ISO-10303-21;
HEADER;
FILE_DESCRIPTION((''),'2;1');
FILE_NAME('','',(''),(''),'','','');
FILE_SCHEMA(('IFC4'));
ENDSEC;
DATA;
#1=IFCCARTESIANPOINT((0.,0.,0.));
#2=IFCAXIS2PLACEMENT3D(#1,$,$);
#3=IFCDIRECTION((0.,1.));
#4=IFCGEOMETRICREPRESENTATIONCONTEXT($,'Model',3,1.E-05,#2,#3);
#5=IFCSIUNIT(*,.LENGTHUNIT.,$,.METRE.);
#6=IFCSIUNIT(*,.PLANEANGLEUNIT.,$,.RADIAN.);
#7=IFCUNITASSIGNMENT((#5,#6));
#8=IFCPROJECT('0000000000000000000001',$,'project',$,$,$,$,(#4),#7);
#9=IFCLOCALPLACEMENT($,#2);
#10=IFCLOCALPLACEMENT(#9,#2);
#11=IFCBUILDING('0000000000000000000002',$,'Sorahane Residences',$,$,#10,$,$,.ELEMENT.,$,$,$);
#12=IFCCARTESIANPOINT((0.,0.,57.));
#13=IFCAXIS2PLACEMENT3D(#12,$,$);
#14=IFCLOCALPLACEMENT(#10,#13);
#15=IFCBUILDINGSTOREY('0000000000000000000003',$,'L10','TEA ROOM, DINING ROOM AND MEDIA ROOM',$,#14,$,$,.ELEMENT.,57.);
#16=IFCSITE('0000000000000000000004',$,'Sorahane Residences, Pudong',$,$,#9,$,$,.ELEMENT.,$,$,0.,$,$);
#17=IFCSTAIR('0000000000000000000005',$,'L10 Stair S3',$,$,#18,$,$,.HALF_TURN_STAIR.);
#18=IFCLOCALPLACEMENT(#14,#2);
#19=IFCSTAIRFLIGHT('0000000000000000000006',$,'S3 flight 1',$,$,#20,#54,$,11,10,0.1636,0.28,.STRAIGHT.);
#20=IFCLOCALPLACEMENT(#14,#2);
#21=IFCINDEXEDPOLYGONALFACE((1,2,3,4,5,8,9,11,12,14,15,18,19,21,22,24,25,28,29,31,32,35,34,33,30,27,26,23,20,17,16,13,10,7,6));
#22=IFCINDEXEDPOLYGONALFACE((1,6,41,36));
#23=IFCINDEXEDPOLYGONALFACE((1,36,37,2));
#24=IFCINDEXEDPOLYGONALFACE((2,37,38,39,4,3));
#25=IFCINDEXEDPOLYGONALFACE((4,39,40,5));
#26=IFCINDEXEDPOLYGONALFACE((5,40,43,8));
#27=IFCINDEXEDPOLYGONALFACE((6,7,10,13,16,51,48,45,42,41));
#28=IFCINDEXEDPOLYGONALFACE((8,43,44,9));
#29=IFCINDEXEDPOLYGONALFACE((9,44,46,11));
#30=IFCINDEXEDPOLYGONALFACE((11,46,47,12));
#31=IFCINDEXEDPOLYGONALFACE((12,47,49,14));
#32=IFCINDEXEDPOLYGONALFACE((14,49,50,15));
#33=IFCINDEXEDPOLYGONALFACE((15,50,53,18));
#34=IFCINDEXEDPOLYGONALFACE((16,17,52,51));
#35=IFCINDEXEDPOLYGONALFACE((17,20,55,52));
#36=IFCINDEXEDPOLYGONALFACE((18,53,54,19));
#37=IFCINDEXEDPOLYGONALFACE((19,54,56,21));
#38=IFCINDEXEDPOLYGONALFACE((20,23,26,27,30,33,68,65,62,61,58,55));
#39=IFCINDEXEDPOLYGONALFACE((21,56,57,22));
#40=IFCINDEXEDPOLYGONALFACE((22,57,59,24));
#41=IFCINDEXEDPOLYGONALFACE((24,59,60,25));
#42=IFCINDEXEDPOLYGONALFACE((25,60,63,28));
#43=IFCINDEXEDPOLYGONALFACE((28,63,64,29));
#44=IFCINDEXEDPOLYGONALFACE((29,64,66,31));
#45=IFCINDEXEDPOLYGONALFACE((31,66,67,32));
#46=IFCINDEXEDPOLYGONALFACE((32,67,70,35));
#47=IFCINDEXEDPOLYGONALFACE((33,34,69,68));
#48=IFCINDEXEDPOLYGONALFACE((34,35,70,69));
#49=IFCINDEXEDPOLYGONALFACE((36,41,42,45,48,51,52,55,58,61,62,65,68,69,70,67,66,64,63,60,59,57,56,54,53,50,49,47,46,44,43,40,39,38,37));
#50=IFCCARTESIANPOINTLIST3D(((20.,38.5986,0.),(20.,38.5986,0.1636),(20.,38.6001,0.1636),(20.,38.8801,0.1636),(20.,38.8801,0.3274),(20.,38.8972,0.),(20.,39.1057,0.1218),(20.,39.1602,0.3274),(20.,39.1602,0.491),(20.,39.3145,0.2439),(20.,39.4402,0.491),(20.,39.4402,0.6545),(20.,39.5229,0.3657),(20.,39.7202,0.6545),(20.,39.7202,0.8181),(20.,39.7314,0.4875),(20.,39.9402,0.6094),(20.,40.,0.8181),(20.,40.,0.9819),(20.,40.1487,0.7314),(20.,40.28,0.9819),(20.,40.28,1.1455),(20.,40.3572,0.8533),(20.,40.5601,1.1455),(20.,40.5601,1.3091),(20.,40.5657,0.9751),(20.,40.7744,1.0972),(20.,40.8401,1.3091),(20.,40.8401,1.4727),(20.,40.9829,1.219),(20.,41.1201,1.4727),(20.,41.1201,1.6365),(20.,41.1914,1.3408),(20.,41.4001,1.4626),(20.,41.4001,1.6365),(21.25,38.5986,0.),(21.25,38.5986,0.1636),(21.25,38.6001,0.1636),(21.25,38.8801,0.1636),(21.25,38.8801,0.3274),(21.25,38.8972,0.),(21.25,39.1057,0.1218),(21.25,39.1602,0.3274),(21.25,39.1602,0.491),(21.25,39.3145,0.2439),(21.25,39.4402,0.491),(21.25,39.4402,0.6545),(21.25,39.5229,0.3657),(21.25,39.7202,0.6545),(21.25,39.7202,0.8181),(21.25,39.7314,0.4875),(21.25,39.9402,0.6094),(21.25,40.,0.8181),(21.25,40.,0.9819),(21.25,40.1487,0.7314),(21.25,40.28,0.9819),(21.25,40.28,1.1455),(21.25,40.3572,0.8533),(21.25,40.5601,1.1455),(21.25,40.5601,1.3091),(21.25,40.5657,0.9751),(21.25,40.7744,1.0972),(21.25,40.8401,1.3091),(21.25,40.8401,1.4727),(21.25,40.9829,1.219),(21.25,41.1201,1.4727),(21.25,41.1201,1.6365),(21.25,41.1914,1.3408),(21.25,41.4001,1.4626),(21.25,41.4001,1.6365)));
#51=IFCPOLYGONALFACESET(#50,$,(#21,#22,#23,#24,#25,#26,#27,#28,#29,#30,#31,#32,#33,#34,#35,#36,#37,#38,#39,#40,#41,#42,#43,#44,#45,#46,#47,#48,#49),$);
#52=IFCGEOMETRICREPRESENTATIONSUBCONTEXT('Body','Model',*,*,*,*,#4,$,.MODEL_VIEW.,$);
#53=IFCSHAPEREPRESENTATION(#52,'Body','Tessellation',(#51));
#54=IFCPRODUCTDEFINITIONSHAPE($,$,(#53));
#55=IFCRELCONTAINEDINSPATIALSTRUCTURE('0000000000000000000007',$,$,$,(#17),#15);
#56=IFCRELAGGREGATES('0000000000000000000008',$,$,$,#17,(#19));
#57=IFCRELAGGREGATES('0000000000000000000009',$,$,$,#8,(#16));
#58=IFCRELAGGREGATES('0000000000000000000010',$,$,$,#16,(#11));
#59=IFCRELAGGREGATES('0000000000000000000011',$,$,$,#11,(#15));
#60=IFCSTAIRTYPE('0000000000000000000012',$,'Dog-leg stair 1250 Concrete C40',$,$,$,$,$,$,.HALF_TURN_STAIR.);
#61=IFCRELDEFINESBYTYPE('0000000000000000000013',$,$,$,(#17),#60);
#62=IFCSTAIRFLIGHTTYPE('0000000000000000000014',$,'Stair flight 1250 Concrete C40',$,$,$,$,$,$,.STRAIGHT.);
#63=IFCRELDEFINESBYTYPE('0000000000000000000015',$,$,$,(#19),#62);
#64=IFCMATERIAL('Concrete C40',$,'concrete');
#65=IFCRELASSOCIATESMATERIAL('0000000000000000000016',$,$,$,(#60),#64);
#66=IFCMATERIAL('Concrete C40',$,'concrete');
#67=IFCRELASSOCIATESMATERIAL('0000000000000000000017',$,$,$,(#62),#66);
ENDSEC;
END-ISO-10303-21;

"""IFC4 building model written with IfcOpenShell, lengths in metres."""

from ifc_helpers import new_model, si_unit, direction, frame, origin, place, context, subcontext, project, spatial, polyline, outline, extrude, material, type_object, element, aggregate, save


model = new_model("IFC4")

# Units and contexts
model_context = context("Model", 3, precision=1e-05, world=origin(), true_north=direction((0.0, 1.0)))
body_context = subcontext(model_context, "Body", "Model", "MODEL_VIEW")
ifc_project = project(units=[si_unit("LENGTHUNIT", "METRE"), si_unit("PLANEANGLEUNIT", "RADIAN")], contexts=[model_context])

# Site, building, storey
site_placement = place(None, origin())
site = spatial("IfcSite", under=ifc_project, at=site_placement, Name="Sorahane Residences, Pudong", CompositionType="ELEMENT", RefElevation=0.0)
building_placement = place(site_placement, origin())
building = spatial("IfcBuilding", under=site, at=building_placement, Name="Sorahane Residences", CompositionType="ELEMENT")
storey_placement = place(building_placement, frame((0.0, 0.0, 57.0)))
storey = spatial("IfcBuildingStorey", under=building, at=storey_placement, Name="L10", Description="TEA ROOM, DINING ROOM AND MEDIA ROOM", CompositionType="ELEMENT", Elevation=57.0)

# Stair, stair flight
ifc_material_1 = material(Name="Concrete C40", Category="concrete")
stair_type = type_object("IfcStairType", Name="Dog-leg stair 1250 Concrete C40", PredefinedType="HALF_TURN_STAIR", material=ifc_material_1)
stair_placement = place(storey_placement, origin())
stair = element("IfcStair", 1, at=stair_placement, inside=storey, type_object=stair_type, Name="L10 Stair S3", PredefinedType="HALF_TURN_STAIR")
ifc_material_2 = material(Name="Concrete C40", Category="concrete")
stair_flight_type = type_object("IfcStairFlightType", Name="Stair flight 1250 Concrete C40", PredefinedType="STRAIGHT", material=ifc_material_2)
stair_flight_placement = place(storey_placement, frame((20.625, 38.6001, 0.0), z_axis=(0.0, 0.0, 1.0), x_axis=(0.0, 1.0, 0.0)))
stair_flight = element("IfcStairFlight", 2, at=stair_flight_placement, type_object=stair_flight_type, Name="S3 flight 1", NumberOfRisers=11, NumberOfTreads=10, PredefinedType="STRAIGHT", RiserHeight=0.1636, TreadLength=0.28, context=body_context, shape_type="SweptSolid", body=[
    extrude(outline(polyline([(-0.0015, 0.0), (-0.0015, 0.1636), (0.0, 0.1636), (0.28, 0.1636), (0.28, 0.3274), (0.5601, 0.3274), (0.5601, 0.491), (0.8401, 0.491), (0.8401, 0.6545), (1.1201, 0.6545), (1.1201, 0.8181), (1.3999, 0.8181), (1.3999, 0.9819), (1.6799, 0.9819), (1.6799, 1.1455), (1.96, 1.1455), (1.96, 1.3091), (2.24, 1.3091), (2.24, 1.4727), (2.52, 1.4727), (2.52, 1.6365), (2.8, 1.6365), (2.8, 1.8), (2.8, 1.4626), (2.5913, 1.3408), (2.3828, 1.219), (2.1743, 1.0972), (1.9656, 0.9751), (1.7571, 0.8533), (1.5486, 0.7314), (1.3401, 0.6094), (1.1313, 0.4875), (0.9229, 0.3657), (0.7144, 0.2439), (0.5056, 0.1218), (0.2971, 0.0), (-0.0015, 0.0)])), frame((0.0, 0.625, 0.0), z_axis=(0.0, -1.0, 0.0), x_axis=(1.0, 0.0, 0.0)), (0.0, 0.0, 1.0), 1.25),
])
aggregate(stair, [stair_flight])

save(model, "model.ifc")
